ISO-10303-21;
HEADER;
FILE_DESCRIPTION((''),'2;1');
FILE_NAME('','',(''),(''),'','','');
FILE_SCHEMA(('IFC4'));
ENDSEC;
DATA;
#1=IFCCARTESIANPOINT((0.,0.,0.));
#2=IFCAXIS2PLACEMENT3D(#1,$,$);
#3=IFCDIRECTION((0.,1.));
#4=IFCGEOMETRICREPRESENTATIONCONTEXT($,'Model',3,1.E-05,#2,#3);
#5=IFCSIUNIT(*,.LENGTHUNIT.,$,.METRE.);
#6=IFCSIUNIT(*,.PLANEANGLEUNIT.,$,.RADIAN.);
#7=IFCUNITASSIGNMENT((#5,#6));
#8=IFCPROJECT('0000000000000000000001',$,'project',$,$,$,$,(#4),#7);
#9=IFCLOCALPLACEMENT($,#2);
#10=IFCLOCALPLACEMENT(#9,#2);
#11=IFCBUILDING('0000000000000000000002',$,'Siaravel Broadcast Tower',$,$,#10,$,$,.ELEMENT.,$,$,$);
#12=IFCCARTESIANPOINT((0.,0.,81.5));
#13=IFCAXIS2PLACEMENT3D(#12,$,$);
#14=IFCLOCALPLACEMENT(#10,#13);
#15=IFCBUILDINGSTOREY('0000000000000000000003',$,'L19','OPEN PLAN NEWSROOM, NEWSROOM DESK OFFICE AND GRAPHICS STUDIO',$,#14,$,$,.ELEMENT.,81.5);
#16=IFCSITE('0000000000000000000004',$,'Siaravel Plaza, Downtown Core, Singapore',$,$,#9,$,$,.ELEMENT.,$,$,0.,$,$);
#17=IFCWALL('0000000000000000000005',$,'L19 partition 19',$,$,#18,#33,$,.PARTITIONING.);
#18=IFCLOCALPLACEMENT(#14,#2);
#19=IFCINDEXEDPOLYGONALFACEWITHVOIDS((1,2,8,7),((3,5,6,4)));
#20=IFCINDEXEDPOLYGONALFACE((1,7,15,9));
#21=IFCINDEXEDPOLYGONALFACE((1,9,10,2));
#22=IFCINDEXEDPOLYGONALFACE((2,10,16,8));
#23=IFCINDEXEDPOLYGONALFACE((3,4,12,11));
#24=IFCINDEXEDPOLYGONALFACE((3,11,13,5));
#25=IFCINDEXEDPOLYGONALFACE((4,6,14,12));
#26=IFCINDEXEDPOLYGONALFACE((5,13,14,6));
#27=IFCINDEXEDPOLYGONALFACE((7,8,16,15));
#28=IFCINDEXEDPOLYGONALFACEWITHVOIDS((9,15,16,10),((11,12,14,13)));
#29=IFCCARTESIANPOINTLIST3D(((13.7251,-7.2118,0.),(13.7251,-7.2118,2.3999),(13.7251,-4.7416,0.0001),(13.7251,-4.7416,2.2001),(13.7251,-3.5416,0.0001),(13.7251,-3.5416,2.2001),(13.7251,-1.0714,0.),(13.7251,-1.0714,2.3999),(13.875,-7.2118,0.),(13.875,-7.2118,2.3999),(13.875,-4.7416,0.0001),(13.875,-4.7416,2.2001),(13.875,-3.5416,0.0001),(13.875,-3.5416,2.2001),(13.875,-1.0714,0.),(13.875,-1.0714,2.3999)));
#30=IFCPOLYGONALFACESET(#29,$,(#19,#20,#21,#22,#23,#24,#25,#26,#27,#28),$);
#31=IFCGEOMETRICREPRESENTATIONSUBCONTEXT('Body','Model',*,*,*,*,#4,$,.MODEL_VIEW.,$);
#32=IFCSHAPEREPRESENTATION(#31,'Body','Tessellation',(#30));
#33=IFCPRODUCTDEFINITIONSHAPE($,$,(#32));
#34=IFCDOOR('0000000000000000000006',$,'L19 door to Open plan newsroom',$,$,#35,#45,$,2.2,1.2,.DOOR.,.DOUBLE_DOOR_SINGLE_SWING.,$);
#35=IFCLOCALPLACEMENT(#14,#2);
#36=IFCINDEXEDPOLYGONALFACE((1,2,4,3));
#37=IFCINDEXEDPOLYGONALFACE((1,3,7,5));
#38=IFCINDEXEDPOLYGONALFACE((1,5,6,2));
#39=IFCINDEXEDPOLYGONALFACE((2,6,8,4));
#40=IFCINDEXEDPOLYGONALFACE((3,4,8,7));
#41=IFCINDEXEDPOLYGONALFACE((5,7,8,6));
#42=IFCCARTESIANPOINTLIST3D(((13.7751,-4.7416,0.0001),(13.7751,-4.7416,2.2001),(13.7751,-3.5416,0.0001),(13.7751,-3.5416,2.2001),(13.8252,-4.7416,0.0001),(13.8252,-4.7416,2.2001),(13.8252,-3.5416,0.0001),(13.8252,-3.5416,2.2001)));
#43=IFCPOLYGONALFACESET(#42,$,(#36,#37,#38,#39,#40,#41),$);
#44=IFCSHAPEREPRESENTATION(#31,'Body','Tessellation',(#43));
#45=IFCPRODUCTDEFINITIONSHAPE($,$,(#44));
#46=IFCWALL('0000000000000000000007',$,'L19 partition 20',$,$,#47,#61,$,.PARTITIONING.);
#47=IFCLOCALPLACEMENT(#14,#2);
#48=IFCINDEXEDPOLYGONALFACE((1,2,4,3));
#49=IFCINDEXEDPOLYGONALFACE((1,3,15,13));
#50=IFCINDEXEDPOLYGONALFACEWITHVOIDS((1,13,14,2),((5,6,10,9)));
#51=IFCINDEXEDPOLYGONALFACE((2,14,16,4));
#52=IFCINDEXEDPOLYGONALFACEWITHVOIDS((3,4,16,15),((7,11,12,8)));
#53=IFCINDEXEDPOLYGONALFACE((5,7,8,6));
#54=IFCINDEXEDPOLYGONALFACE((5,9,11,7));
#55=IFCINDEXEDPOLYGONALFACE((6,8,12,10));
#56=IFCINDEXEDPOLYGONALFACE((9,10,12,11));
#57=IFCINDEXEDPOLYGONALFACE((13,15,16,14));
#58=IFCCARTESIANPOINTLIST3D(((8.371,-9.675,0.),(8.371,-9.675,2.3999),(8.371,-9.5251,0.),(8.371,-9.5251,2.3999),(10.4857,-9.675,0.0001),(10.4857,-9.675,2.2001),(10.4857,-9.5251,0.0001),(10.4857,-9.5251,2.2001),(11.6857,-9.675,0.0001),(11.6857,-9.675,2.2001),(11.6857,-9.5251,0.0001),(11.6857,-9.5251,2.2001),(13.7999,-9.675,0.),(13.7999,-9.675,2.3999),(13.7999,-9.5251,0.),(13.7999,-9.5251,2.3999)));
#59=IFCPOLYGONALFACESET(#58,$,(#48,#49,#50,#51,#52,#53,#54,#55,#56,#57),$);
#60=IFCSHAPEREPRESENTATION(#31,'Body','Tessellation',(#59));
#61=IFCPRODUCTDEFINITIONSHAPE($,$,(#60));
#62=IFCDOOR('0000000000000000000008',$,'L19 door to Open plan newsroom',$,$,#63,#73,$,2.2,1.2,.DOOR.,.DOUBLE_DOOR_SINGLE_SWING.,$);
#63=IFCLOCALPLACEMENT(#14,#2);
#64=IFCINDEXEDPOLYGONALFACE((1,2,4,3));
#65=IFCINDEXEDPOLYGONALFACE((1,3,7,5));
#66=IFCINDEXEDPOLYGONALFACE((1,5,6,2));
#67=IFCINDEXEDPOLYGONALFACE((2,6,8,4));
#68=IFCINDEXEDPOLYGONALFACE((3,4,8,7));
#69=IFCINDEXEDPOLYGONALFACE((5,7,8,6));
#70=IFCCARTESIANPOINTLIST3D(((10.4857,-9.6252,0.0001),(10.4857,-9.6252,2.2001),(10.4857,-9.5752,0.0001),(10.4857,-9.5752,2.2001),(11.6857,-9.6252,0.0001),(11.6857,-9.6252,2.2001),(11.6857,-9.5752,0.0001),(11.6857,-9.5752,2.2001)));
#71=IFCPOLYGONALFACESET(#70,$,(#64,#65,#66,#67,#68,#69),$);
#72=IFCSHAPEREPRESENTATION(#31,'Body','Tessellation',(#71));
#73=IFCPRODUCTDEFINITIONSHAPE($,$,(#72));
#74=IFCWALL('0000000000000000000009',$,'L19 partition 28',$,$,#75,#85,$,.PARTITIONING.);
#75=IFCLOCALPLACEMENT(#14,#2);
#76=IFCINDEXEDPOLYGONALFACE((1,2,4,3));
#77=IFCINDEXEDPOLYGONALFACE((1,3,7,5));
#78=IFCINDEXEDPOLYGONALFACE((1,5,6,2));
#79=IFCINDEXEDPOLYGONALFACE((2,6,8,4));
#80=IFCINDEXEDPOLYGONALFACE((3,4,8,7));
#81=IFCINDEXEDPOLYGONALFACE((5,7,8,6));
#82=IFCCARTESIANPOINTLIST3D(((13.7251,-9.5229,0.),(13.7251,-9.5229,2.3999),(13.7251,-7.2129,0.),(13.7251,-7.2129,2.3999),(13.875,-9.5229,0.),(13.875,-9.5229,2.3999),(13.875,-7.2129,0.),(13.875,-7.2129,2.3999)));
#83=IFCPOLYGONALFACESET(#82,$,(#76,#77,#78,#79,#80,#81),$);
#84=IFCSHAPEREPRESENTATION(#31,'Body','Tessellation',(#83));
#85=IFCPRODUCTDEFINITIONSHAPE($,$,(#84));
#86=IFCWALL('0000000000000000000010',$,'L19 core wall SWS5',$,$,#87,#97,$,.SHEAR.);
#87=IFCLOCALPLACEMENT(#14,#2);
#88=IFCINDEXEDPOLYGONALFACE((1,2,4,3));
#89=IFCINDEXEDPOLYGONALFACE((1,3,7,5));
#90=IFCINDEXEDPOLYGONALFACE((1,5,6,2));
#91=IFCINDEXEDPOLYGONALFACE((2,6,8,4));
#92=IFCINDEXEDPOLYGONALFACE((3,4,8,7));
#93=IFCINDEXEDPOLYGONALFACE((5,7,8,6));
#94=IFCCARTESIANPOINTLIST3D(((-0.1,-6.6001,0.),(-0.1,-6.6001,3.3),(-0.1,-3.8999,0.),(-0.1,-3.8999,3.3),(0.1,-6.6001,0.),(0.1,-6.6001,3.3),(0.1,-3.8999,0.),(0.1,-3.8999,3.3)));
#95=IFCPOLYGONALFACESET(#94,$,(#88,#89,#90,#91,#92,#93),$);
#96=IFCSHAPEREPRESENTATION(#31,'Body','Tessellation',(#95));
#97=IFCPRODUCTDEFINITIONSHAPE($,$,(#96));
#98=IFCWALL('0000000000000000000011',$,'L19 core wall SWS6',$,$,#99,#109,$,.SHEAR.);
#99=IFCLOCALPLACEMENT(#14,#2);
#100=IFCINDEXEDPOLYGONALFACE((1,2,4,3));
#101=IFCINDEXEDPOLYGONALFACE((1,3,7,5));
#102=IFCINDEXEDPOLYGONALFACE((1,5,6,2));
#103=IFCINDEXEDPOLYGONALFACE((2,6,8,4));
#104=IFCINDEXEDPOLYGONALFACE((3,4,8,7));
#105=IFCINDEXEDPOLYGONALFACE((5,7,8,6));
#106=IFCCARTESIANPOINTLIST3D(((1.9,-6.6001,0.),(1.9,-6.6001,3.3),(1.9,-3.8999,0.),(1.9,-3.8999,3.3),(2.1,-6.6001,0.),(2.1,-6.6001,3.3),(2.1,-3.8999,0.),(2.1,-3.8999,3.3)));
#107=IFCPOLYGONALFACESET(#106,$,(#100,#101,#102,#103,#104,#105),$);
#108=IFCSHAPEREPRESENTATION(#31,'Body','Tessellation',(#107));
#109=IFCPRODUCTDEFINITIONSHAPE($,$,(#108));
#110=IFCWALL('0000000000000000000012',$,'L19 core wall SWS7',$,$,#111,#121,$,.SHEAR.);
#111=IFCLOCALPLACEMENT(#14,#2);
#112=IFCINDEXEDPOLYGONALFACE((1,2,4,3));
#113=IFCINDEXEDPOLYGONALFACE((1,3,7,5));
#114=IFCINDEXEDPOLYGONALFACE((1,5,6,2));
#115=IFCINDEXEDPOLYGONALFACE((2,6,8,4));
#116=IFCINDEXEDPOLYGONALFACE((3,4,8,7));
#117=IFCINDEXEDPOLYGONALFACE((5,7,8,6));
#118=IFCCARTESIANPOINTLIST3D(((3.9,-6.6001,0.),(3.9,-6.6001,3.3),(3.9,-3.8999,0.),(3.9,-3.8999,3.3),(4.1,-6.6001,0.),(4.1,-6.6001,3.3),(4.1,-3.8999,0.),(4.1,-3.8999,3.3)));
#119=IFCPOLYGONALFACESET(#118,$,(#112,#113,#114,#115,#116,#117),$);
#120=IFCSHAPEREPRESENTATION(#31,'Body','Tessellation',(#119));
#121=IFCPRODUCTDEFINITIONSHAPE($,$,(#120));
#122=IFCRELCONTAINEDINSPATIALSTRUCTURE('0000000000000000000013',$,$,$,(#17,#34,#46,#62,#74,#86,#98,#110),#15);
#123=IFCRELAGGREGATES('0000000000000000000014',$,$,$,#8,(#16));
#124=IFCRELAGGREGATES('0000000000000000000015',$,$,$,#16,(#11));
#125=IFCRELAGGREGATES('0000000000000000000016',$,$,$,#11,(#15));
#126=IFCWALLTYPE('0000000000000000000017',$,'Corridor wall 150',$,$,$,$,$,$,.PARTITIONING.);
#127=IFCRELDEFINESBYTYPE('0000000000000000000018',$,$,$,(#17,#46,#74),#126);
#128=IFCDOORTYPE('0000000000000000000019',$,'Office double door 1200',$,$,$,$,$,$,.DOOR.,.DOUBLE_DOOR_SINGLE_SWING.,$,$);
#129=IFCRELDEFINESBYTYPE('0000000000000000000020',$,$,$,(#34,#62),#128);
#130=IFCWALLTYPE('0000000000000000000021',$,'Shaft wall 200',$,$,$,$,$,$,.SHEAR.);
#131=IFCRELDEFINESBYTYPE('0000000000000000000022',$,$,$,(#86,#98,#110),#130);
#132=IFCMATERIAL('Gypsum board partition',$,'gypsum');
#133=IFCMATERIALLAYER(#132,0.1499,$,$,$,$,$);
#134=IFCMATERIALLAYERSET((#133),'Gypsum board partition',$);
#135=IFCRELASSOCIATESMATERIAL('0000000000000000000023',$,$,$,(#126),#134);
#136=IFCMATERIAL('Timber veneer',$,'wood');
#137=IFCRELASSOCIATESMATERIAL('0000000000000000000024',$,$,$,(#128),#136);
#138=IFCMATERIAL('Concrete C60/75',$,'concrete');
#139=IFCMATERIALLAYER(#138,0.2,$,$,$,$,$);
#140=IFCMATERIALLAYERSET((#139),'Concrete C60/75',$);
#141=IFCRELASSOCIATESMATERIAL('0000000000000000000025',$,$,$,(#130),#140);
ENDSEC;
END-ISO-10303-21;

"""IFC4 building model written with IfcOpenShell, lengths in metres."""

from ifc_helpers import new_model, si_unit, direction, frame, frame_2d, origin, place, context, subcontext, project, spatial, rectangle, extrude, material, layer, layer_set, type_object, element, fill, save


model = new_model("IFC4")

# Units and contexts
model_context = context("Model", 3, precision=1e-05, world=origin(), true_north=direction((0.0, 1.0)))
body_context = subcontext(model_context, "Body", "Model", "MODEL_VIEW")
ifc_project = project(units=[si_unit("LENGTHUNIT", "METRE"), si_unit("PLANEANGLEUNIT", "RADIAN")], contexts=[model_context])

# Site, building, storey
site_placement = place(None, origin())
site = spatial("IfcSite", under=ifc_project, at=site_placement, Name="Siaravel Plaza, Downtown Core, Singapore", CompositionType="ELEMENT", RefElevation=0.0)
building_placement = place(site_placement, origin())
building = spatial("IfcBuilding", under=site, at=building_placement, Name="Siaravel Broadcast Tower", CompositionType="ELEMENT")
storey_placement = place(building_placement, frame((0.0, 0.0, 81.5)))
storey = spatial("IfcBuildingStorey", under=building, at=storey_placement, Name="L19", Description="OPEN PLAN NEWSROOM, NEWSROOM DESK OFFICE AND GRAPHICS STUDIO", CompositionType="ELEMENT", Elevation=81.5)

# Walls, openings, doors
ifc_material_1 = material(Name="Concrete C60/75", Category="concrete")
ifc_material_2 = material(Name="Gypsum board partition", Category="gypsum")
ifc_layer_1 = layer(ifc_material_2, 0.1499)
ifc_layer_set_1 = layer_set([ifc_layer_1], Name="Gypsum board partition")
wall_type_1 = type_object("IfcWallType", Name="Corridor wall 150", PredefinedType="PARTITIONING", material=ifc_layer_set_1)
wall_1_placement = place(storey_placement, frame((13.8, -7.2119, 0.0), z_axis=(0.0, 0.0, 1.0), x_axis=(0.0, 1.0, 0.0)))
wall_1 = element("IfcWall", 1, at=wall_1_placement, inside=storey, type_object=wall_type_1, Name="L19 partition 19", PredefinedType="PARTITIONING", context=body_context, shape_type="SweptSolid", body=[
    extrude(rectangle(XDim=6.1404, YDim=0.1499, at=frame_2d((3.0703, 0.0))), origin(), (0.0, 0.0, 1.0), 2.3999),
])
opening_1_placement = place(wall_1_placement, frame((2.4702, 0.0, 0.0)))
opening_1 = element("IfcOpeningElement", 2, at=opening_1_placement, cuts=wall_1, PredefinedType="OPENING", context=body_context, shape_type="SweptSolid", body=[
    extrude(rectangle(XDim=1.2, YDim=2.2, at=frame_2d((0.6001, 1.1001))), frame((0.0, 0.085, 0.0), z_axis=(0.0, -1.0, 0.0), x_axis=(1.0, 0.0, 0.0)), (0.0, 0.0, 1.0), 0.1699),
])
ifc_material_3 = material(Name="Timber veneer", Category="wood")
door_type_1 = type_object("IfcDoorType", Name="Office double door 1200", OperationType="DOUBLE_DOOR_SINGLE_SWING", PredefinedType="DOOR", material=ifc_material_3)
door_1_placement = place(opening_1_placement, origin())
door_1 = element("IfcDoor", 3, at=door_1_placement, inside=storey, type_object=door_type_1, Name="L19 door to Open plan newsroom", OperationType="DOUBLE_DOOR_SINGLE_SWING", OverallHeight=2.2, OverallWidth=1.2, PredefinedType="DOOR", context=body_context, shape_type="SweptSolid", body=[
    extrude(rectangle(XDim=1.2, YDim=2.2, at=frame_2d((0.6001, 1.1001))), frame((0.0, 0.0249, 0.0), z_axis=(0.0, -1.0, 0.0), x_axis=(1.0, 0.0, 0.0)), (0.0, 0.0, 1.0), 0.05),
])
fill(opening_1, door_1)
wall_2_placement = place(storey_placement, frame((8.3711, -9.6001, 0.0), z_axis=(0.0, 0.0, 1.0), x_axis=(1.0, 0.0, 0.0)))
wall_2 = element("IfcWall", 4, at=wall_2_placement, inside=storey, type_object=wall_type_1, Name="L19 partition 20", PredefinedType="PARTITIONING", context=body_context, shape_type="SweptSolid", body=[
    extrude(rectangle(XDim=5.429, YDim=0.1499, at=frame_2d((2.7144, 0.0))), origin(), (0.0, 0.0, 1.0), 2.3999),
])
opening_2_placement = place(wall_2_placement, frame((2.1145, 0.0, 0.0)))
opening_2 = element("IfcOpeningElement", 5, at=opening_2_placement, cuts=wall_2, PredefinedType="OPENING", context=body_context, shape_type="SweptSolid", body=[
    extrude(rectangle(XDim=1.2, YDim=2.2, at=frame_2d((0.6001, 1.1001))), frame((0.0, 0.085, 0.0), z_axis=(0.0, -1.0, 0.0), x_axis=(1.0, 0.0, 0.0)), (0.0, 0.0, 1.0), 0.1699),
])
door_2_placement = place(opening_2_placement, origin())
door_2 = element("IfcDoor", 6, at=door_2_placement, inside=storey, type_object=door_type_1, Name="L19 door to Open plan newsroom", OperationType="DOUBLE_DOOR_SINGLE_SWING", OverallHeight=2.2, OverallWidth=1.2, PredefinedType="DOOR", context=body_context, shape_type="SweptSolid", body=[
    extrude(rectangle(XDim=1.2, YDim=2.2, at=frame_2d((0.6001, 1.1001))), frame((0.0, 0.0249, 0.0), z_axis=(0.0, -1.0, 0.0), x_axis=(1.0, 0.0, 0.0)), (0.0, 0.0, 1.0), 0.05),
])
fill(opening_2, door_2)

# Walls
wall_3_placement = place(storey_placement, frame((13.8, -9.5229, 0.0), z_axis=(0.0, 0.0, 1.0), x_axis=(0.0, 1.0, 0.0)))
element("IfcWall", 7, at=wall_3_placement, inside=storey, type_object=wall_type_1, Name="L19 partition 28", PredefinedType="PARTITIONING", context=body_context, shape_type="SweptSolid", body=[
    extrude(rectangle(XDim=2.3101, YDim=0.1499, at=frame_2d((1.155, 0.0))), origin(), (0.0, 0.0, 1.0), 2.3999),
])
ifc_layer_2 = layer(ifc_material_1, 0.2)
ifc_layer_set_2 = layer_set([ifc_layer_2], Name="Concrete C60/75")
wall_type_2 = type_object("IfcWallType", Name="Shaft wall 200", PredefinedType="SHEAR", material=ifc_layer_set_2)
for number, where, z_axis, x_axis, name in (
    (8, (0.0, -6.6001, 0.0), (0.0, 0.0, 1.0), (0.0, 1.0, 0.0), "L19 core wall SWS5"),
    (9, (2.0, -6.6001, 0.0), (0.0, 0.0, 1.0), (0.0, 1.0, 0.0), "L19 core wall SWS6"),
    (10, (4.0, -6.6001, 0.0), (0.0, 0.0, 1.0), (0.0, 1.0, 0.0), "L19 core wall SWS7"),
):
    element("IfcWall", number, at=place(storey_placement, frame(where, z_axis=z_axis, x_axis=x_axis)), inside=storey, type_object=wall_type_2, Name=name, PredefinedType="SHEAR", context=body_context, shape_type="SweptSolid", body=[
        extrude(rectangle(XDim=2.7002, YDim=0.2, at=frame_2d((1.3501, 0.0))), origin(), (0.0, 0.0, 1.0), 3.3),
    ])

save(model, "model.ifc")
